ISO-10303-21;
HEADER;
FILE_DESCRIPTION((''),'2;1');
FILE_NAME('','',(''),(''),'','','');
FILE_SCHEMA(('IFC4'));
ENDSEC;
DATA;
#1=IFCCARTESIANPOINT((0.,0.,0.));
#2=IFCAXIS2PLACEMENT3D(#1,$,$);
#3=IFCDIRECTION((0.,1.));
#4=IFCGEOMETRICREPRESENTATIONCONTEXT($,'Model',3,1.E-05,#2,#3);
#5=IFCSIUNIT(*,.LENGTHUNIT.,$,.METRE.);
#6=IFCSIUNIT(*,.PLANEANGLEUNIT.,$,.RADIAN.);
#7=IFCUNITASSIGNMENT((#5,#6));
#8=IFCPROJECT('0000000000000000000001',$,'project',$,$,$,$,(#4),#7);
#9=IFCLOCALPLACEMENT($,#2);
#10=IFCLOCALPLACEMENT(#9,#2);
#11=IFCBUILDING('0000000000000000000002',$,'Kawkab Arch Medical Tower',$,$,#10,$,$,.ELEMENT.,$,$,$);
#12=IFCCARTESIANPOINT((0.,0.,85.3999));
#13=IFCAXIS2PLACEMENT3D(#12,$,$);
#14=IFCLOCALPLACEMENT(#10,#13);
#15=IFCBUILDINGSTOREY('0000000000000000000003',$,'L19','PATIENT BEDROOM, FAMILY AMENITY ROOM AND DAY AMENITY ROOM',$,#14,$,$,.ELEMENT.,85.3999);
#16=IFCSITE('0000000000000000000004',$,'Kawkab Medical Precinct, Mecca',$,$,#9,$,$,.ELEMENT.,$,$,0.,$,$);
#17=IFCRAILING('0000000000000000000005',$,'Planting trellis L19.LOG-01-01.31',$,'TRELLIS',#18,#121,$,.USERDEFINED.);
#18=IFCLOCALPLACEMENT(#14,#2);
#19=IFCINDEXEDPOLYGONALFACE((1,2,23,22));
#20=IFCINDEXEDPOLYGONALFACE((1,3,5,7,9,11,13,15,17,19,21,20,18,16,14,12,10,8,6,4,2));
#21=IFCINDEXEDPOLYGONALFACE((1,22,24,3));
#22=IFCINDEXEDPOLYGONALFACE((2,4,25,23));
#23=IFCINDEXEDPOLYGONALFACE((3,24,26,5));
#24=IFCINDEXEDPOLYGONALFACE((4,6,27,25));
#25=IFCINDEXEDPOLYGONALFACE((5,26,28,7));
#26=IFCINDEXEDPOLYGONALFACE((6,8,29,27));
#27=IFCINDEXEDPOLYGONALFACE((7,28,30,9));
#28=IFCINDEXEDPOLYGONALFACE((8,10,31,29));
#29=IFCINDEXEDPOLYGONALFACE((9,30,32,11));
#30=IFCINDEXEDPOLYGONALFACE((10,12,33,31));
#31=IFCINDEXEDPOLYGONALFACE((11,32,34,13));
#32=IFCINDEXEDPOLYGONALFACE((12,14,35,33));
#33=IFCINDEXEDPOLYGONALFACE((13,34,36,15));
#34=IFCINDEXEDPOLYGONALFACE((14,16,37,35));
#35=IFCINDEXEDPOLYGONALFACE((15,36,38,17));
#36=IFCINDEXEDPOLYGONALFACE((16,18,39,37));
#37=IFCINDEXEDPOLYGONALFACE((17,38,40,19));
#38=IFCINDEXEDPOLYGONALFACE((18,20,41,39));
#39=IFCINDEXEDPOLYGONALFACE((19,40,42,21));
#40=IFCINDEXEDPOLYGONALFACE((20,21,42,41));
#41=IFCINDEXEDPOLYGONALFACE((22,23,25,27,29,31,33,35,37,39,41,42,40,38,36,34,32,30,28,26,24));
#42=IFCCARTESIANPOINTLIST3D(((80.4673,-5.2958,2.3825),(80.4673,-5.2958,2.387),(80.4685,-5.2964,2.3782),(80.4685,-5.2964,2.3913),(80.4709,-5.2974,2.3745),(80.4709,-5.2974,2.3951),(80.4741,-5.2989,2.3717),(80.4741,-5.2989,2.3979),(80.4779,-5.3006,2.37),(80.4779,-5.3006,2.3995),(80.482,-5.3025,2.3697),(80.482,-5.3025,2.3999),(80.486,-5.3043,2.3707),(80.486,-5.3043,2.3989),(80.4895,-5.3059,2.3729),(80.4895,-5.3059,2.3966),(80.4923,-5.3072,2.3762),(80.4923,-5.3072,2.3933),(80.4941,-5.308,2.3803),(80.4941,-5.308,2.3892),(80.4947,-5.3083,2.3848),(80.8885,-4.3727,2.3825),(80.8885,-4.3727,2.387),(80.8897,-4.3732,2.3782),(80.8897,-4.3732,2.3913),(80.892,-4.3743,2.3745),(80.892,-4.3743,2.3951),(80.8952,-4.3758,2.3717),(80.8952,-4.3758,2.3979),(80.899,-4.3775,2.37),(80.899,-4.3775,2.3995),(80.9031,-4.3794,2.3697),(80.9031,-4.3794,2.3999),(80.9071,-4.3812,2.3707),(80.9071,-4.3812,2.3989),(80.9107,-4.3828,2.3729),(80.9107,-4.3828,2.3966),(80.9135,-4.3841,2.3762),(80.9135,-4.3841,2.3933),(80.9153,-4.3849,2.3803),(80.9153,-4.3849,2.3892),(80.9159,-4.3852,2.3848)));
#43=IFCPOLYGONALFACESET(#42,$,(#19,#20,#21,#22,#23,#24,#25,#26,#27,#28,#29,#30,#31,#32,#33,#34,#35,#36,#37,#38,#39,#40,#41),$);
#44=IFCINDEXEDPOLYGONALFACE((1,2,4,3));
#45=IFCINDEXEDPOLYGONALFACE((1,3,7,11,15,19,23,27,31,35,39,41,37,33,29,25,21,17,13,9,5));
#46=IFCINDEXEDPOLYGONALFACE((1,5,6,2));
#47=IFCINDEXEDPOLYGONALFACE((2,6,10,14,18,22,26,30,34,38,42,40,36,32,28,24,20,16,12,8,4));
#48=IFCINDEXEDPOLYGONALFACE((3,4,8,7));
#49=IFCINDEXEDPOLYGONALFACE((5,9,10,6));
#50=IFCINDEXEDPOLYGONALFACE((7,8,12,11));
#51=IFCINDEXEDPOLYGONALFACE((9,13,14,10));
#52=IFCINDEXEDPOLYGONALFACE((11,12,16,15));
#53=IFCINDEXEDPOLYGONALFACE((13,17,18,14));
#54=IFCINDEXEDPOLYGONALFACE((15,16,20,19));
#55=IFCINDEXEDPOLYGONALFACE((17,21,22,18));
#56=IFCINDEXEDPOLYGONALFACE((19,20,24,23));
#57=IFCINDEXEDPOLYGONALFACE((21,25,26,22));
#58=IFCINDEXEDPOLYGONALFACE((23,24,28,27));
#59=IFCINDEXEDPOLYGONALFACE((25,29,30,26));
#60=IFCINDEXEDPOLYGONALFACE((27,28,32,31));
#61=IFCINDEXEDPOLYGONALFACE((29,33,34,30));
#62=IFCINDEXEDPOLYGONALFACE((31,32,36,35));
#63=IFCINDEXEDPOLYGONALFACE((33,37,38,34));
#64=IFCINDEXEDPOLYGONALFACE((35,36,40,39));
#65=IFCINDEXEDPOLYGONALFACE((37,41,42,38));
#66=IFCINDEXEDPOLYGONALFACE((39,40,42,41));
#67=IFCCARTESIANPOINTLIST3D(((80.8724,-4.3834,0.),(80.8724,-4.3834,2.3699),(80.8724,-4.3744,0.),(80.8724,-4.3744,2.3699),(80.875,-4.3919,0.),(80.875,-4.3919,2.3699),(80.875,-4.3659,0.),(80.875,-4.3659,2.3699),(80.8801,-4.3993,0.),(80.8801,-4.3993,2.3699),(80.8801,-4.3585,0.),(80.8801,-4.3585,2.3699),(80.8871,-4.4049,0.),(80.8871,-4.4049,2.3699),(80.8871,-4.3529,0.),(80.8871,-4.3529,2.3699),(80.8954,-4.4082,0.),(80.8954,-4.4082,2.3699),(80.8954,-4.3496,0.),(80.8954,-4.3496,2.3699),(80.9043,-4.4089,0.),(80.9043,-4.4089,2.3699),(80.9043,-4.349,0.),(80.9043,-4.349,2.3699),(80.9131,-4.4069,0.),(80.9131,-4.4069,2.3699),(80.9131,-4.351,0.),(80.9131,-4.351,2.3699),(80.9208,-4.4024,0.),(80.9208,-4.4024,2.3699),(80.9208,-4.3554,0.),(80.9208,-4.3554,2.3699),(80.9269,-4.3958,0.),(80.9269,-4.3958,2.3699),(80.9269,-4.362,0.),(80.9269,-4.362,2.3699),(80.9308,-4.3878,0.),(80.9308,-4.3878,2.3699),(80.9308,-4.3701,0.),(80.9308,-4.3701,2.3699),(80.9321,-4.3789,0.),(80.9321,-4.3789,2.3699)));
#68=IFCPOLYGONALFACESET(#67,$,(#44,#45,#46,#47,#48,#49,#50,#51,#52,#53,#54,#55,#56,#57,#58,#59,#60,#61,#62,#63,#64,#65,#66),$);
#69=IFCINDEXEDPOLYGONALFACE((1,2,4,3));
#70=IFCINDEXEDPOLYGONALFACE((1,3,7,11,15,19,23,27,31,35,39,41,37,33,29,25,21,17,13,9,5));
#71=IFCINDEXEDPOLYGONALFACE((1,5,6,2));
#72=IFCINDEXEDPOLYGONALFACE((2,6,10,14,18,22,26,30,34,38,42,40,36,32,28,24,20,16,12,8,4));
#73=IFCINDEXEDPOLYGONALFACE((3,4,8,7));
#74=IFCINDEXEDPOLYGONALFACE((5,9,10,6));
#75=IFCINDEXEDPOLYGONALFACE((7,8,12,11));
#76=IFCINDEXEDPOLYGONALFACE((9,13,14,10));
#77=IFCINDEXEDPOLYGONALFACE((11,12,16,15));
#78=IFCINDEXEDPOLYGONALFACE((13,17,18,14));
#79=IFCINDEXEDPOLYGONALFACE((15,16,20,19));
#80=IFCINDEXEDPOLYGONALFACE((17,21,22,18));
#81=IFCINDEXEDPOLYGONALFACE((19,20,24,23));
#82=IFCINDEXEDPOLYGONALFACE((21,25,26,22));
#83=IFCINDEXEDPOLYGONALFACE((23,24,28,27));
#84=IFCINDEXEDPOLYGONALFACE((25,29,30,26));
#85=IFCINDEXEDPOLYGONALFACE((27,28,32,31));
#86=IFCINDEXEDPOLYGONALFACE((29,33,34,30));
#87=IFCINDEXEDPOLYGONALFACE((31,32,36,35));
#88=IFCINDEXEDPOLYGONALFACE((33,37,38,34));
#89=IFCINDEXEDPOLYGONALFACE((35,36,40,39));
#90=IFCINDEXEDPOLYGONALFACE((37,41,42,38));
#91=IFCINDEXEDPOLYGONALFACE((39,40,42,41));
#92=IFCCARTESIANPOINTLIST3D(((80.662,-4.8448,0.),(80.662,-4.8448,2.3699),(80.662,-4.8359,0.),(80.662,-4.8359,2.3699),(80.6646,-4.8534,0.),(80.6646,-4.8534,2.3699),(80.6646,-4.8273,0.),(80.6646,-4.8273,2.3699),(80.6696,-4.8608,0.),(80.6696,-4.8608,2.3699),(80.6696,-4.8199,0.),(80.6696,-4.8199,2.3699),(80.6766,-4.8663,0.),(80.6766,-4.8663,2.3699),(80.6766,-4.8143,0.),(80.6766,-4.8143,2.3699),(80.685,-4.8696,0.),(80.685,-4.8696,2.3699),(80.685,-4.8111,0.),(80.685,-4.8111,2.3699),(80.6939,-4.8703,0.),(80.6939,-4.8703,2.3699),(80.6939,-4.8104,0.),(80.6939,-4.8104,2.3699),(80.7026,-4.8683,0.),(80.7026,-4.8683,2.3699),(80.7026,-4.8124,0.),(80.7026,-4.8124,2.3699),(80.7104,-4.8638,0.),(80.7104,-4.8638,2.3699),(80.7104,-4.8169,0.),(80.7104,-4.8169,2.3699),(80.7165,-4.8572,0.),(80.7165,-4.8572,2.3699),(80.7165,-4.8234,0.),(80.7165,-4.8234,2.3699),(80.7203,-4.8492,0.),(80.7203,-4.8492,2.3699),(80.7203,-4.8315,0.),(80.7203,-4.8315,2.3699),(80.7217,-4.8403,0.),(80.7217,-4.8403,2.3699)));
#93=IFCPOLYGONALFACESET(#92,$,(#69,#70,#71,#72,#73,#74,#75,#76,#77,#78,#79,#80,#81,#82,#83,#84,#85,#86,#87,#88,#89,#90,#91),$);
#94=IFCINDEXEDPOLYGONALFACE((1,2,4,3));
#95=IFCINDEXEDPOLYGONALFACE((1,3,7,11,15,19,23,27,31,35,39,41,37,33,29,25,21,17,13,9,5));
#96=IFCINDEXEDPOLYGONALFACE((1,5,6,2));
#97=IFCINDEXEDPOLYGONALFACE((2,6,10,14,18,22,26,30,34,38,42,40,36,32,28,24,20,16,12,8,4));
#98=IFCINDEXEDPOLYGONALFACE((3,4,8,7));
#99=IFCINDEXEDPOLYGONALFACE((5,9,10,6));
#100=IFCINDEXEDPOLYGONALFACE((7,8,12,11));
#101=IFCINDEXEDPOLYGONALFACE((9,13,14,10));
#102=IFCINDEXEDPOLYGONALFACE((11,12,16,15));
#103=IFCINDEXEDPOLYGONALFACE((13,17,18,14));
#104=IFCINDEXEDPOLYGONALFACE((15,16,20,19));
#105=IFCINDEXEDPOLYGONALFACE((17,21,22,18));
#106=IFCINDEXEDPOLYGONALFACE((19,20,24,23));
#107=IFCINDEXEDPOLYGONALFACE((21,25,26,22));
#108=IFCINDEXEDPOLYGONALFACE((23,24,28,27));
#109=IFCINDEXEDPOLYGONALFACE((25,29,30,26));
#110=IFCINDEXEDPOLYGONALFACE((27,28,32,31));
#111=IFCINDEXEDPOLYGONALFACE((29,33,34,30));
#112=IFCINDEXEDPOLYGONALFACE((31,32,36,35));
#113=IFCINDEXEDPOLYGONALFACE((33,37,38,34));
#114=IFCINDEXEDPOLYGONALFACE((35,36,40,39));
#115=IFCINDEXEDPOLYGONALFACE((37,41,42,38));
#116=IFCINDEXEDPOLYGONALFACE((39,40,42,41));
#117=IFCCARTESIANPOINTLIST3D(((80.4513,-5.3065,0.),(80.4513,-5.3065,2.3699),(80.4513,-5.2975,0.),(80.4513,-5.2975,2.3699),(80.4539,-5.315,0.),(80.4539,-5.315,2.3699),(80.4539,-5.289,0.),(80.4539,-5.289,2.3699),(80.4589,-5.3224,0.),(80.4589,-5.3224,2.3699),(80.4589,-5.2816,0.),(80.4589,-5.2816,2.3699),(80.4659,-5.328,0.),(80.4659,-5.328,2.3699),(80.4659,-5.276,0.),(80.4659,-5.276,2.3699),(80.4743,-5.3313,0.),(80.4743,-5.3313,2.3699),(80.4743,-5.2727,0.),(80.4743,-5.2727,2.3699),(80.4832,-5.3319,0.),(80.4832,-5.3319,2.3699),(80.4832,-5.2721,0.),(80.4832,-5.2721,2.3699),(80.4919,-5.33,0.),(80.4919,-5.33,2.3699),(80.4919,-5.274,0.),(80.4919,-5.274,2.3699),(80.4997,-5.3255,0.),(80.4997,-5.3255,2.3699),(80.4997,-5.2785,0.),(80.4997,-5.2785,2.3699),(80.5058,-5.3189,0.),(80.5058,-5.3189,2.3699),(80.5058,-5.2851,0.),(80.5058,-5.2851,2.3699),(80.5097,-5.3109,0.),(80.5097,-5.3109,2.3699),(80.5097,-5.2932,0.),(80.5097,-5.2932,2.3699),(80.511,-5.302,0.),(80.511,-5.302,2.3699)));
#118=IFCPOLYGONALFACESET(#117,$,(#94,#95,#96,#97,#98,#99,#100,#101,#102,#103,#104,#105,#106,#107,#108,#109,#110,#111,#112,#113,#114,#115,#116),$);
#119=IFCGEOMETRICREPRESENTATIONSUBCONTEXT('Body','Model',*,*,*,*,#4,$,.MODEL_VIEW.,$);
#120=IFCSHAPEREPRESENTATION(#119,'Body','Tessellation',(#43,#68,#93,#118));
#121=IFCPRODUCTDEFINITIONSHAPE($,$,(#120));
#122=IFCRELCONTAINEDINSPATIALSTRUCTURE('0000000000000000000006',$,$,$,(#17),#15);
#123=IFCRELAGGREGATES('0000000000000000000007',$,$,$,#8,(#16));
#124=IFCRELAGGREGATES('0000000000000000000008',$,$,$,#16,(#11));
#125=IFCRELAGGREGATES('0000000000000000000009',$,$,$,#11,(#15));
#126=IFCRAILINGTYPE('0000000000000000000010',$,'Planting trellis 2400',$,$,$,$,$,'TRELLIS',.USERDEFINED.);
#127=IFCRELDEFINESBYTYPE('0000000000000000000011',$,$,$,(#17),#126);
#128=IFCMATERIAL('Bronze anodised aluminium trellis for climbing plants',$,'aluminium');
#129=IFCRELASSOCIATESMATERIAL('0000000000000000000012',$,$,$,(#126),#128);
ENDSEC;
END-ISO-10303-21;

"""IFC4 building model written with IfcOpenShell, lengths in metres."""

from ifc_helpers import new_model, si_unit, direction, frame, origin, origin_2d, place, context, subcontext, project, spatial, circle, extrude, material, type_object, element, save


model = new_model("IFC4")

# Units and contexts
model_context = context("Model", 3, precision=1e-05, world=origin(), true_north=direction((0.0, 1.0)))
body_context = subcontext(model_context, "Body", "Model", "MODEL_VIEW")
ifc_project = project(units=[si_unit("LENGTHUNIT", "METRE"), si_unit("PLANEANGLEUNIT", "RADIAN")], contexts=[model_context])

# Site, building, storey
site_placement = place(None, origin())
site = spatial("IfcSite", under=ifc_project, at=site_placement, Name="Kawkab Medical Precinct, Mecca", CompositionType="ELEMENT", RefElevation=0.0)
building_placement = place(site_placement, origin())
building = spatial("IfcBuilding", under=site, at=building_placement, Name="Kawkab Arch Medical Tower", CompositionType="ELEMENT")
storey_placement = place(building_placement, frame((0.0, 0.0, 85.3999)))
storey = spatial("IfcBuildingStorey", under=building, at=storey_placement, Name="L19", Description="PATIENT BEDROOM, FAMILY AMENITY ROOM AND DAY AMENITY ROOM", CompositionType="ELEMENT", Elevation=85.3999)

# Railing
ifc_material_1 = material(Name="Bronze anodised aluminium trellis for climbing plants", Category="aluminium")
railing_type = type_object("IfcRailingType", Name="Planting trellis 2400", ElementType="TRELLIS", PredefinedType="USERDEFINED", material=ifc_material_1)
railing_1_placement = place(storey_placement, frame((80.9021, -4.3789, 0.0)))
element("IfcRailing", 1, at=railing_1_placement, inside=storey, type_object=railing_type, Name="Planting trellis L19.LOG-01-01.31", ObjectType="TRELLIS", PredefinedType="USERDEFINED", context=body_context, shape_type="SweptSolid", body=[
    extrude(circle(Radius=0.0151, at=origin_2d()), frame((0.0, 0.0, 2.3848), z_axis=(-0.415072, -0.909789, 0.0), x_axis=(0.909789, -0.415072, 0.0)), (0.0, 0.0, 1.0), 1.0146),
    extrude(circle(Radius=0.03, at=origin_2d()), origin(), (0.0, 0.0, 1.0), 2.3699),
    extrude(circle(Radius=0.03, at=origin_2d()), frame((-0.2104, -0.4614, 0.0)), (0.0, 0.0, 1.0), 2.3699),
    extrude(circle(Radius=0.03, at=origin_2d()), frame((-0.4211, -0.9231, 0.0)), (0.0, 0.0, 1.0), 2.3699),
])

save(model, "model.ifc")
